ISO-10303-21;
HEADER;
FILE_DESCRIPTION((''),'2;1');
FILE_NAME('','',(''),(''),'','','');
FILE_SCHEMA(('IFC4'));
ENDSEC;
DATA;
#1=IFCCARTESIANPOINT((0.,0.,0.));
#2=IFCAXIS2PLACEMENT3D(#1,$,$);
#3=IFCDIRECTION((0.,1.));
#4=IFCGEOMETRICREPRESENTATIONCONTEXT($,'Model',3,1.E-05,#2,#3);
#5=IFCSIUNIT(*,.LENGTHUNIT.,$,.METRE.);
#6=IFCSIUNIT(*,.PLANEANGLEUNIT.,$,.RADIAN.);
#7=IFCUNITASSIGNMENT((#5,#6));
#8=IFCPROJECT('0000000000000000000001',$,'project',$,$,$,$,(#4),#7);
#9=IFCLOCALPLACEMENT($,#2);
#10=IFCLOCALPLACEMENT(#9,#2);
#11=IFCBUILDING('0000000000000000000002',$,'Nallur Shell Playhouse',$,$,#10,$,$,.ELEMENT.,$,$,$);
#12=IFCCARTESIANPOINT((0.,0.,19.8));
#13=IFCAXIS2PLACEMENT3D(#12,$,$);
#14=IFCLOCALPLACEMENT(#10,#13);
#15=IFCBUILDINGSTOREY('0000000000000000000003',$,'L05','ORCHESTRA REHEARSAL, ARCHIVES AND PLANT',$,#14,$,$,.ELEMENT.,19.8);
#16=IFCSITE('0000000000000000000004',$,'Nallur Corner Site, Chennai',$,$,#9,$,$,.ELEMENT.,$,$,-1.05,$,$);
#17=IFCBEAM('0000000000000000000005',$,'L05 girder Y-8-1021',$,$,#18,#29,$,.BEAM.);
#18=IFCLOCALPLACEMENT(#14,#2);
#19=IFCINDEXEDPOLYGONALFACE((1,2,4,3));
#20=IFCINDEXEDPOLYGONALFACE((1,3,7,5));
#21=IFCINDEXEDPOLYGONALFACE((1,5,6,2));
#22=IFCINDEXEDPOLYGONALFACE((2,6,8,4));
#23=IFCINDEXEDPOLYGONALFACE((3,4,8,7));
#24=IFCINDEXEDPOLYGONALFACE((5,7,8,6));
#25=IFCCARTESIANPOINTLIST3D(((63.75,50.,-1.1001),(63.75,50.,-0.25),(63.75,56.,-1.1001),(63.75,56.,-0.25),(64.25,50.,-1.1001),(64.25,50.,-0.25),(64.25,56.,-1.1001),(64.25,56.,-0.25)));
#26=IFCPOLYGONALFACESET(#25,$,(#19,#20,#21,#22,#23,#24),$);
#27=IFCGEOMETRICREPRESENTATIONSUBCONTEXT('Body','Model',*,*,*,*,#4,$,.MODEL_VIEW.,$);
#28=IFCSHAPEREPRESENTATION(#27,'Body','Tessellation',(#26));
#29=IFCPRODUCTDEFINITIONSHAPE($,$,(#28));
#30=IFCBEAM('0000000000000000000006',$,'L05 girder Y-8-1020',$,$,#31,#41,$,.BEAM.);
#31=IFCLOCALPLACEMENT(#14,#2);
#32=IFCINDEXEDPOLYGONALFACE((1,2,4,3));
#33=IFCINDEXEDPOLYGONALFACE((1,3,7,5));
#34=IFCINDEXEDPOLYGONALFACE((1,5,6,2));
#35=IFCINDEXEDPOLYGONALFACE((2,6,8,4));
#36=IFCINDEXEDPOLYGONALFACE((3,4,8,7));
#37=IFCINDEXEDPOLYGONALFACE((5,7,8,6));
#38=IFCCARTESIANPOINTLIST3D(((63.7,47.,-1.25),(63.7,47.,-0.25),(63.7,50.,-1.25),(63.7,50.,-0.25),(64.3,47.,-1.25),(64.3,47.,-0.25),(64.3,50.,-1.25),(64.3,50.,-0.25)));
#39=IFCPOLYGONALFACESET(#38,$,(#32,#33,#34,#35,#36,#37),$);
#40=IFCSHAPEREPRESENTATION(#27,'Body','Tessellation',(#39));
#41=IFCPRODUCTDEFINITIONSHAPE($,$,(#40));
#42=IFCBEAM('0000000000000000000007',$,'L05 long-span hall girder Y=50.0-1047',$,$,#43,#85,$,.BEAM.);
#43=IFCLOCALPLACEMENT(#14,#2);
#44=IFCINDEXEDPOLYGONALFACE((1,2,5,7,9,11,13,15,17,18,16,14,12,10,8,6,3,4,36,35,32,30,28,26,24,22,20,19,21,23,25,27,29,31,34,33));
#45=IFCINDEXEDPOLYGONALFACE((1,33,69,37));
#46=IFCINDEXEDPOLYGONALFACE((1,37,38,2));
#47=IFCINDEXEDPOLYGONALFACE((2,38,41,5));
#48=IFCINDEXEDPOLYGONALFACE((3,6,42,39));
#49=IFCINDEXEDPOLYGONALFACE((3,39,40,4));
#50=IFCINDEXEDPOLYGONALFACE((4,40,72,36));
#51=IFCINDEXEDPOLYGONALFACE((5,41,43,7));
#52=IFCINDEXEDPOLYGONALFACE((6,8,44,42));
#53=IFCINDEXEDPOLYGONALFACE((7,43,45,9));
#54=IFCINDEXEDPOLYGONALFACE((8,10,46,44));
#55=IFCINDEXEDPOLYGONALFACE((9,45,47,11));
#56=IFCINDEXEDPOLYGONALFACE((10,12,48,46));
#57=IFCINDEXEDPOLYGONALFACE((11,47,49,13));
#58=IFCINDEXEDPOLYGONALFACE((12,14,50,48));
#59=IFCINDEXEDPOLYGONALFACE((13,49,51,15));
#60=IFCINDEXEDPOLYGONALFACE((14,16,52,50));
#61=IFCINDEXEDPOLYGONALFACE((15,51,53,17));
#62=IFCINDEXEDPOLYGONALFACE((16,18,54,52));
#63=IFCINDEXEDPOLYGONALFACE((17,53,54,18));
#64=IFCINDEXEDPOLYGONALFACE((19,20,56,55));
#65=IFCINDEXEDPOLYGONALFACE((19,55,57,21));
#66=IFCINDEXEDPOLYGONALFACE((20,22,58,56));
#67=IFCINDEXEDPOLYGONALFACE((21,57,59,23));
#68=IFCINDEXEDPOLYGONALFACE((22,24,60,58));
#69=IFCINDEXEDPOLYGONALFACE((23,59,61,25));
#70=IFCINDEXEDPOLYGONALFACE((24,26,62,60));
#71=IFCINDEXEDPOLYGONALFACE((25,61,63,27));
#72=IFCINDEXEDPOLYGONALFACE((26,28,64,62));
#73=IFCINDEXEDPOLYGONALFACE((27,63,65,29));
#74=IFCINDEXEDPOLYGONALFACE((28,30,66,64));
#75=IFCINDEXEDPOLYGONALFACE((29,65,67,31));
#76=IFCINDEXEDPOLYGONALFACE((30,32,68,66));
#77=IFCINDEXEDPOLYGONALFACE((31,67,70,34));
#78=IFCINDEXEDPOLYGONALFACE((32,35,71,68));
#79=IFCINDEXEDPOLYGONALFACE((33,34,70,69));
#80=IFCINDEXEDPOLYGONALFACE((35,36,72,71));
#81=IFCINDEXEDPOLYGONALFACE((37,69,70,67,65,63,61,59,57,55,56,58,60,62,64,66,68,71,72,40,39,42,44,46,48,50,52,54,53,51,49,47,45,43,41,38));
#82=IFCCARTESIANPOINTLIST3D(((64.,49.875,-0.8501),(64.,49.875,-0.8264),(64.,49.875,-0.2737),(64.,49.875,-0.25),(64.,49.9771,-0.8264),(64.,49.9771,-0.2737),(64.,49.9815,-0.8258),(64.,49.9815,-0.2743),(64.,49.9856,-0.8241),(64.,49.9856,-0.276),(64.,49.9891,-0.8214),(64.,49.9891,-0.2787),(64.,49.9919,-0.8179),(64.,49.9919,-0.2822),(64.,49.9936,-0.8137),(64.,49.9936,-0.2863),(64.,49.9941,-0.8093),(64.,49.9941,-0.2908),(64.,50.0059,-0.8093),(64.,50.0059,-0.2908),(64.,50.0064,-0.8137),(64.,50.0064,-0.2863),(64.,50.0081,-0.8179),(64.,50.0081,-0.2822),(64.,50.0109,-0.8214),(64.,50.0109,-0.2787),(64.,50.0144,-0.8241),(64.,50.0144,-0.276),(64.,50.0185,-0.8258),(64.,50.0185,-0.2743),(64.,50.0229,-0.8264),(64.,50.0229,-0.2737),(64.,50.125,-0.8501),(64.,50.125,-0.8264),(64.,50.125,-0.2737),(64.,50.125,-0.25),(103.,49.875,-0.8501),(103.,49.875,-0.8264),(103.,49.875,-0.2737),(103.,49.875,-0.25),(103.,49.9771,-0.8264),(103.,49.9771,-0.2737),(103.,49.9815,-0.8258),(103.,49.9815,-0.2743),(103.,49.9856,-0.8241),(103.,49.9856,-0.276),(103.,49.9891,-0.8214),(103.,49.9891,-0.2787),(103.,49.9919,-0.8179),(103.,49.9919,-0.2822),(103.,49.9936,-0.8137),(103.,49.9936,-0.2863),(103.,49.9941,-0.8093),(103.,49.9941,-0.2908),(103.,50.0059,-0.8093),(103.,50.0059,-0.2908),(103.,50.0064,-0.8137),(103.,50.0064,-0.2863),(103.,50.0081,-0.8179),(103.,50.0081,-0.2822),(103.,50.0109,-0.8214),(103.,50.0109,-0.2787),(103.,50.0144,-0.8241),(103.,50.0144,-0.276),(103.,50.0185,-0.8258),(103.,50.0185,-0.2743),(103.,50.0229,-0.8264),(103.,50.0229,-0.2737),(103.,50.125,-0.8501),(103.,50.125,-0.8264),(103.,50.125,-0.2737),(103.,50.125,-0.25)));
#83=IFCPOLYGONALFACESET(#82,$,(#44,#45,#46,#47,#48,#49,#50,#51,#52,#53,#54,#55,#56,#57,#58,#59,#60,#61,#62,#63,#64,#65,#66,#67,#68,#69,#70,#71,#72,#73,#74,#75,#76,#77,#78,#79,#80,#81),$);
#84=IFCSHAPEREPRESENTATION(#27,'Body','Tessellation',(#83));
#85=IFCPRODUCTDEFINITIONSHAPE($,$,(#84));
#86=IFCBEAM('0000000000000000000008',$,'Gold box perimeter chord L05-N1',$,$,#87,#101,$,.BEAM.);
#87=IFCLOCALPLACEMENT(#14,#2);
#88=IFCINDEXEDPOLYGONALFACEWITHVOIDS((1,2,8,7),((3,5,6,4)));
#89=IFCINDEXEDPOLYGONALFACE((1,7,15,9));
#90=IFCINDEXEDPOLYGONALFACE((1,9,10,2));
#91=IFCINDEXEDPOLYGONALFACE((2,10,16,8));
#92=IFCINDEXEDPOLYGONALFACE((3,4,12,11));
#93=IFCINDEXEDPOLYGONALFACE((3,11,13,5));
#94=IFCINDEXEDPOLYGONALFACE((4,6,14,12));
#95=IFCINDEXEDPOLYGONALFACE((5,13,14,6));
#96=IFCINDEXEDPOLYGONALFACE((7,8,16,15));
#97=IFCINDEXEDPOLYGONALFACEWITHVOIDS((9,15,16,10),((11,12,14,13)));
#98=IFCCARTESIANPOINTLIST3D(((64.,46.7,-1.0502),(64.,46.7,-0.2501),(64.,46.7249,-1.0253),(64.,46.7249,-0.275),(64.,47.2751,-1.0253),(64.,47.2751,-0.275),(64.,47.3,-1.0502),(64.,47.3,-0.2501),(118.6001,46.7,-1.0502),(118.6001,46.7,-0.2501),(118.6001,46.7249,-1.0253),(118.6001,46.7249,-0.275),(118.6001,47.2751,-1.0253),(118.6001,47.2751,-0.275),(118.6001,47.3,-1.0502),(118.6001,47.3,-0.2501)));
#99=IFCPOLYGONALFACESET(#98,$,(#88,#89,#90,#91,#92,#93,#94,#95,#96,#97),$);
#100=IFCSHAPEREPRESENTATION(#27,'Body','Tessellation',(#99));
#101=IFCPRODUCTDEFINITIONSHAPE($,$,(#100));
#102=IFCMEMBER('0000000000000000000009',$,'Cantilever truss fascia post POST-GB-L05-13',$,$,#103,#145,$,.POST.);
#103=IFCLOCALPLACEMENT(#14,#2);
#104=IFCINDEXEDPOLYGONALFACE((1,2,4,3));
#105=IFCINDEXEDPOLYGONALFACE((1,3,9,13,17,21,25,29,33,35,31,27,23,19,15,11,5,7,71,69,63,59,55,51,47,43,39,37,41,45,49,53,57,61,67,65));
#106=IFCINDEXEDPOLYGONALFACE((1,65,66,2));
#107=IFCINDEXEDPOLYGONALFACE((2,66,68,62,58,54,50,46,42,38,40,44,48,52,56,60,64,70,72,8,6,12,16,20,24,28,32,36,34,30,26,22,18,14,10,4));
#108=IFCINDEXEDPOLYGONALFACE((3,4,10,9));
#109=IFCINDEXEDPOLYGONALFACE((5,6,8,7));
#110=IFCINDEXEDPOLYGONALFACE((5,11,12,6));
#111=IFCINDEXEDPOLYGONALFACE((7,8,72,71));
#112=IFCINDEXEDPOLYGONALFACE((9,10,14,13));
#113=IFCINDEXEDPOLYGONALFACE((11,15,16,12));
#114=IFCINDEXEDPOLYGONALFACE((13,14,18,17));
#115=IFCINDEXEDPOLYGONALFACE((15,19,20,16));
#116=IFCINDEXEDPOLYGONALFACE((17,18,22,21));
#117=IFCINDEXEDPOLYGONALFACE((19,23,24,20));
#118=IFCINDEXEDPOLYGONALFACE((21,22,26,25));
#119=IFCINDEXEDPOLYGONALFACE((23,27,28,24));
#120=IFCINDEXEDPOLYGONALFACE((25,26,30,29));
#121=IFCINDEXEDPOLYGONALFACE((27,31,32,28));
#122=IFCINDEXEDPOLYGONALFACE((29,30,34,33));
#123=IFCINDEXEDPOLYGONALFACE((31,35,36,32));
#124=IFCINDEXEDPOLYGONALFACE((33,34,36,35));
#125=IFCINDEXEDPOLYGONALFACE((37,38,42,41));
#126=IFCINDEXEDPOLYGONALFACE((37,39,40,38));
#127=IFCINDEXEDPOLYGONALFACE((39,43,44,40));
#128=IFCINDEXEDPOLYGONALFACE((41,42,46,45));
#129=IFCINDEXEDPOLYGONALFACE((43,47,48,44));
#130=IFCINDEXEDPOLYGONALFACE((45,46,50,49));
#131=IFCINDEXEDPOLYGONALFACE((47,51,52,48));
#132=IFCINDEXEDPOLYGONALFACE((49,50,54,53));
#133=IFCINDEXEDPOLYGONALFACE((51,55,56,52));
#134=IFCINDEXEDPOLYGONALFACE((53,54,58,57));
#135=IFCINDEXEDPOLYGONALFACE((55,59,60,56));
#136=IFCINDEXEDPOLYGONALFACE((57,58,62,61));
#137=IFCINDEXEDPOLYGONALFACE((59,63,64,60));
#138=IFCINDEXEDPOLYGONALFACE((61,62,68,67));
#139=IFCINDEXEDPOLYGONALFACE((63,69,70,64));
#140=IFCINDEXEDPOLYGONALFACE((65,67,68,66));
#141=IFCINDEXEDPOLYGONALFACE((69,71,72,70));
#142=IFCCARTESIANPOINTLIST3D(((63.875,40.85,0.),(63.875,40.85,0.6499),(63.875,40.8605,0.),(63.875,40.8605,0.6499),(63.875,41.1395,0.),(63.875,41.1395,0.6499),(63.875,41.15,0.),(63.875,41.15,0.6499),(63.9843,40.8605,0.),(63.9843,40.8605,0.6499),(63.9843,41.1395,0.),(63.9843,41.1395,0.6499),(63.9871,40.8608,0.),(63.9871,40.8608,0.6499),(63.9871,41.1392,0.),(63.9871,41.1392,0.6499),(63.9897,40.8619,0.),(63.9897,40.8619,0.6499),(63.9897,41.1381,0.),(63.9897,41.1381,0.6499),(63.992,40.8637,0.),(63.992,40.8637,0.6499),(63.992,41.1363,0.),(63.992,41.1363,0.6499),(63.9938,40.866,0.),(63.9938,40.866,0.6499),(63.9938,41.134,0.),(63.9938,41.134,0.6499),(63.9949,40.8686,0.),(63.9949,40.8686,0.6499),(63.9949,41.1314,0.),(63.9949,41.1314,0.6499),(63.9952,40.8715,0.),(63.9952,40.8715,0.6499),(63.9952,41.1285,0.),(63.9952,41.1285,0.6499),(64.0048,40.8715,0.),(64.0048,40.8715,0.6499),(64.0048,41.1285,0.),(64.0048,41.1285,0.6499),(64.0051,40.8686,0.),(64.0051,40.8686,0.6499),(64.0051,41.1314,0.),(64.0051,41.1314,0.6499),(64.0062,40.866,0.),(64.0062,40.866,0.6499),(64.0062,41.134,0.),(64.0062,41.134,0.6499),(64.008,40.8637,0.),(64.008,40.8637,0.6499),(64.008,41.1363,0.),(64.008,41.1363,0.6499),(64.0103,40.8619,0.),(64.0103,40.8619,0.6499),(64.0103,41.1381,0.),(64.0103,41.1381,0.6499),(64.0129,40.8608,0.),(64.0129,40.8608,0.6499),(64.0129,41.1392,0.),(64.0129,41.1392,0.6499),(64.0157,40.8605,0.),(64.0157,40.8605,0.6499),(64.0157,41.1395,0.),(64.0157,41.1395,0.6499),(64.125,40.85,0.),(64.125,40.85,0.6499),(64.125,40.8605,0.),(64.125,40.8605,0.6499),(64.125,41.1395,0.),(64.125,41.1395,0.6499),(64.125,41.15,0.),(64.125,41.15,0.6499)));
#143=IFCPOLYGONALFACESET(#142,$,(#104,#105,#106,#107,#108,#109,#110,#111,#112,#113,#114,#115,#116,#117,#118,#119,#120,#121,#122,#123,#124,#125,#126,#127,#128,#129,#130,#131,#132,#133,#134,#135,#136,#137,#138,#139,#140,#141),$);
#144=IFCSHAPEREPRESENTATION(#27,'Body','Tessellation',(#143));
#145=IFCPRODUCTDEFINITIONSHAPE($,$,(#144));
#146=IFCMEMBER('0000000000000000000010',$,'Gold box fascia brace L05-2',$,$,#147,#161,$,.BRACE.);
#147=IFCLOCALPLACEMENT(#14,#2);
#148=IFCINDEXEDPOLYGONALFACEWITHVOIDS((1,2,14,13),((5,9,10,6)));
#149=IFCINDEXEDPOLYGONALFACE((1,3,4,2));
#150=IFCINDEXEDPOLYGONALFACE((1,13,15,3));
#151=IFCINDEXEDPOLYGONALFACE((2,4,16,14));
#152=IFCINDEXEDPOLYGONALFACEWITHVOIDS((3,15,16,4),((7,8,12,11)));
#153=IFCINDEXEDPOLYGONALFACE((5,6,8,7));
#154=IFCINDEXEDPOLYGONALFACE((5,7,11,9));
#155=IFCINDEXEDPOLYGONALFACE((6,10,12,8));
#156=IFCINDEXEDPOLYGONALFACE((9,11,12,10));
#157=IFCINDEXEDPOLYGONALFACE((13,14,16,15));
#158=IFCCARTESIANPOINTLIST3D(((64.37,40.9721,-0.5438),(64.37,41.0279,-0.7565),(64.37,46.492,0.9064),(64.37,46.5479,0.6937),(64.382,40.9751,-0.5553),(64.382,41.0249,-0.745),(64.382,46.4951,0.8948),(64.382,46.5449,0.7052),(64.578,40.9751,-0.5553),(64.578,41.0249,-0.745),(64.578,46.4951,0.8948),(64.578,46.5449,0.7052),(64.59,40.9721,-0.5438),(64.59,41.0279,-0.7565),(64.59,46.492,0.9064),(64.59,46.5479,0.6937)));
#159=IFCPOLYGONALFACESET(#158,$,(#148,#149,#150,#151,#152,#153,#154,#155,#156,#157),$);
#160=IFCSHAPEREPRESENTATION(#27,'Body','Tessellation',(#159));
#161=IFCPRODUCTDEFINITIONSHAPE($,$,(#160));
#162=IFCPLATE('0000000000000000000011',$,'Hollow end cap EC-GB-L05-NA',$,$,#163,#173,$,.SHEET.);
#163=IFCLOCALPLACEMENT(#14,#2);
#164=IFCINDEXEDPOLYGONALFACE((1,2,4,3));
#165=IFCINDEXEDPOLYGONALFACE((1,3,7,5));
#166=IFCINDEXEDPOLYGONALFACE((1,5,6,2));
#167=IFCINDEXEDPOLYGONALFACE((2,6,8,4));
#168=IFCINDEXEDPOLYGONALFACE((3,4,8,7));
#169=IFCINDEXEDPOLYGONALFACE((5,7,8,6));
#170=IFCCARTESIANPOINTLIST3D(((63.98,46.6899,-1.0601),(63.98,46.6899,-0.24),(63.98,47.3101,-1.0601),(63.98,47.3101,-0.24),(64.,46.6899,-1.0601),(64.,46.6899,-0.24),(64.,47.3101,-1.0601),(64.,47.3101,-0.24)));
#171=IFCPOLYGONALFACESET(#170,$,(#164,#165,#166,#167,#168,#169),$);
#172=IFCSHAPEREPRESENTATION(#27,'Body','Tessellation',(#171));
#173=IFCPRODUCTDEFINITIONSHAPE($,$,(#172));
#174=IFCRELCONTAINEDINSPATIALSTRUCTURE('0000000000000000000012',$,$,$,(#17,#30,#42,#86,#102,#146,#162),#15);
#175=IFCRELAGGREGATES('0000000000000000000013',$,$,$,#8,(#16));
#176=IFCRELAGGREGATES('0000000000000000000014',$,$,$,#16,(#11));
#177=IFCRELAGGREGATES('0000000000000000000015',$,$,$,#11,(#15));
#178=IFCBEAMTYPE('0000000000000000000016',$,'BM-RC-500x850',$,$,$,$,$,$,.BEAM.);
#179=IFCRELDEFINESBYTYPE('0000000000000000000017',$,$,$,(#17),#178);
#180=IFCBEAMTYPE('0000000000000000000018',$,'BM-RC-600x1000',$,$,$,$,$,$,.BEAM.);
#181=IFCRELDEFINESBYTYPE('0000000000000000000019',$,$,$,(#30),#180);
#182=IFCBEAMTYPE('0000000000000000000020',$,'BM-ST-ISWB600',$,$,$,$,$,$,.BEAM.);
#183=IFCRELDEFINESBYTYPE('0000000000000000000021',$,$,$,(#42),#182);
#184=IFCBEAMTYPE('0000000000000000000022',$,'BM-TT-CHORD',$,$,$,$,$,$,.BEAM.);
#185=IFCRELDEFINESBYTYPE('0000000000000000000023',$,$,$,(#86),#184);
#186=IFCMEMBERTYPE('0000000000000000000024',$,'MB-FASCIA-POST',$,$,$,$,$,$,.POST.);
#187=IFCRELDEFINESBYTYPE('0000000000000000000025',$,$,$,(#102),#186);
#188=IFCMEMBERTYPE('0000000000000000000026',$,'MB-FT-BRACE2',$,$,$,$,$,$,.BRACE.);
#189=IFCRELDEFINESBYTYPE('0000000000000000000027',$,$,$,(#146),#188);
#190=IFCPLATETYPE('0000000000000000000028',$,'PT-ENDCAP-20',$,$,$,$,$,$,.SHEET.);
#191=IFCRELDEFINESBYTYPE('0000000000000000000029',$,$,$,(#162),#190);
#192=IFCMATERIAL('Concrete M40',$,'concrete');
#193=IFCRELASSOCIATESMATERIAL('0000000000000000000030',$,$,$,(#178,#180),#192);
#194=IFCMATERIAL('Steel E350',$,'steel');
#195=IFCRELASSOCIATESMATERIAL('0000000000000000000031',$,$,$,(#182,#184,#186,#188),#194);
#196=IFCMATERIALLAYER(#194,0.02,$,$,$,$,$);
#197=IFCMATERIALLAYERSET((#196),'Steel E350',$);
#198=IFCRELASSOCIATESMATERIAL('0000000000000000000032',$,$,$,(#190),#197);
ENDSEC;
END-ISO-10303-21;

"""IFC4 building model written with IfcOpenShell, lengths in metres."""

from ifc_helpers import new_model, si_unit, direction, frame, origin, origin_2d, place, context, subcontext, project, spatial, rectangle, hollow_rectangle, i_section, extrude, material, layer, layer_set, material_profile, profile_set, type_object, element, save


model = new_model("IFC4")

# Units and contexts
model_context = context("Model", 3, precision=1e-05, world=origin(), true_north=direction((0.0, 1.0)))
body_context = subcontext(model_context, "Body", "Model", "MODEL_VIEW")
ifc_project = project(units=[si_unit("LENGTHUNIT", "METRE"), si_unit("PLANEANGLEUNIT", "RADIAN")], contexts=[model_context])

# Site, building, storey
site_placement = place(None, origin())
site = spatial("IfcSite", under=ifc_project, at=site_placement, Name="Nallur Corner Site, Chennai", CompositionType="ELEMENT", RefElevation=-1.05)
building_placement = place(site_placement, origin())
building = spatial("IfcBuilding", under=site, at=building_placement, Name="Nallur Shell Playhouse", CompositionType="ELEMENT")
storey_placement = place(building_placement, frame((0.0, 0.0, 19.8)))
storey = spatial("IfcBuildingStorey", under=building, at=storey_placement, Name="L05", Description="ORCHESTRA REHEARSAL, ARCHIVES AND PLANT", CompositionType="ELEMENT", Elevation=19.8)

# Shared definitions
ifc_material_1 = material(Name="Steel E350", Category="steel")

# Beams
ifc_material_2 = material(Name="Concrete M40", Category="concrete")
ifc_material_profile_1 = material_profile(ifc_material_2, rectangle(XDim=0.5, YDim=0.8501, at=origin_2d()), Name="RC 500x850")
ifc_profile_set_1 = profile_set([ifc_material_profile_1], Name="Concrete M40")
beam_type_1 = type_object("IfcBeamType", Name="BM-RC-500x850", PredefinedType="BEAM", material=ifc_profile_set_1)
beam_1_placement = place(storey_placement, frame((64.0, 50.0, -0.675), z_axis=(0.0, 1.0, 0.0), x_axis=(-1.0, 0.0, 0.0)))
element("IfcBeam", 1, at=beam_1_placement, inside=storey, type_object=beam_type_1, Name="L05 girder Y-8-1021", PredefinedType="BEAM", context=body_context, shape_type="SweptSolid", body=[
    extrude(rectangle(XDim=0.5, YDim=0.8501, at=origin_2d()), origin(), (0.0, 0.0, 1.0), 6.0),
])
ifc_material_profile_2 = material_profile(ifc_material_2, rectangle(XDim=0.6001, YDim=1.0, at=origin_2d()), Name="RC 600x1000")
ifc_profile_set_2 = profile_set([ifc_material_profile_2], Name="Concrete M40")
beam_type_2 = type_object("IfcBeamType", Name="BM-RC-600x1000", PredefinedType="BEAM", material=ifc_profile_set_2)
beam_2_placement = place(storey_placement, frame((64.0, 47.0, -0.75), z_axis=(0.0, 1.0, 0.0), x_axis=(-1.0, 0.0, 0.0)))
element("IfcBeam", 2, at=beam_2_placement, inside=storey, type_object=beam_type_2, Name="L05 girder Y-8-1020", PredefinedType="BEAM", context=body_context, shape_type="SweptSolid", body=[
    extrude(rectangle(XDim=0.6001, YDim=1.0, at=origin_2d()), origin(), (0.0, 0.0, 1.0), 3.0),
])
ifc_material_profile_3 = material_profile(ifc_material_1, i_section(OverallWidth=0.25, OverallDepth=0.6001, WebThickness=0.0117, FlangeThickness=0.0237, FilletRadius=0.0171, at=origin_2d()), Name="ISWB 600")
ifc_profile_set_3 = profile_set([ifc_material_profile_3], Name="Steel E350")
beam_type_3 = type_object("IfcBeamType", Name="BM-ST-ISWB600", PredefinedType="BEAM", material=ifc_profile_set_3)
beam_3_placement = place(storey_placement, frame((64.0, 50.0, -0.55), z_axis=(1.0, 0.0, 0.0), x_axis=(0.0, 1.0, 0.0)))
element("IfcBeam", 3, at=beam_3_placement, inside=storey, type_object=beam_type_3, Name="L05 long-span hall girder Y=50.0-1047", PredefinedType="BEAM", context=body_context, shape_type="SweptSolid", body=[
    extrude(i_section(OverallWidth=0.25, OverallDepth=0.6001, WebThickness=0.0117, FlangeThickness=0.0237, FilletRadius=0.0171, at=origin_2d()), origin(), (0.0, 0.0, 1.0), 39.0),
])
ifc_material_profile_4 = material_profile(ifc_material_1, hollow_rectangle(XDim=0.6001, YDim=0.8, WallThickness=0.0249, at=origin_2d()), Name="BOX 600x800x25")
ifc_profile_set_4 = profile_set([ifc_material_profile_4], Name="Steel E350")
beam_type_4 = type_object("IfcBeamType", Name="BM-TT-CHORD", PredefinedType="BEAM", material=ifc_profile_set_4)
beam_4_placement = place(storey_placement, frame((64.0, 47.0, -0.6501), z_axis=(1.0, 0.0, 0.0), x_axis=(0.0, 1.0, 0.0)))
element("IfcBeam", 4, at=beam_4_placement, inside=storey, type_object=beam_type_4, Name="Gold box perimeter chord L05-N1", PredefinedType="BEAM", context=body_context, shape_type="SweptSolid", body=[
    extrude(hollow_rectangle(XDim=0.6001, YDim=0.8, WallThickness=0.0249, at=origin_2d()), origin(), (0.0, 0.0, 1.0), 54.6001),
])

# Members
ifc_material_profile_5 = material_profile(ifc_material_1, i_section(OverallWidth=0.25, OverallDepth=0.3, WebThickness=0.0095, FlangeThickness=0.0105, FilletRadius=0.011, at=origin_2d()), Name="ISHB 300")
ifc_profile_set_5 = profile_set([ifc_material_profile_5], Name="Steel E350")
member_type_1 = type_object("IfcMemberType", Name="MB-FASCIA-POST", PredefinedType="POST", material=ifc_profile_set_5)
member_1_placement = place(storey_placement, frame((64.0, 41.0, 0.0), z_axis=(0.0, 0.0, 1.0), x_axis=(1.0, 0.0, 0.0)))
element("IfcMember", 5, at=member_1_placement, inside=storey, type_object=member_type_1, Name="Cantilever truss fascia post POST-GB-L05-13", PredefinedType="POST", context=body_context, shape_type="SweptSolid", body=[
    extrude(i_section(OverallWidth=0.25, OverallDepth=0.3, WebThickness=0.0095, FlangeThickness=0.0105, FilletRadius=0.011, at=origin_2d()), origin(), (0.0, 0.0, 1.0), 0.6499),
])
ifc_material_profile_6 = material_profile(ifc_material_1, hollow_rectangle(XDim=0.22, YDim=0.22, WallThickness=0.012, at=origin_2d()), Name="SHS 220x220x12")
ifc_profile_set_6 = profile_set([ifc_material_profile_6], Name="Steel E350")
member_type_2 = type_object("IfcMemberType", Name="MB-FT-BRACE2", PredefinedType="BRACE", material=ifc_profile_set_6)
member_2_placement = place(storey_placement, frame((64.48, 41.0, -0.6501), z_axis=(0.0, 0.96718, 0.254093), x_axis=(-1.0, 0.0, 0.0)))
element("IfcMember", 6, at=member_2_placement, inside=storey, type_object=member_type_2, Name="Gold box fascia brace L05-2", PredefinedType="BRACE", context=body_context, shape_type="SweptSolid", body=[
    extrude(hollow_rectangle(XDim=0.22, YDim=0.22, WallThickness=0.012, at=origin_2d()), origin(), (0.0, 0.0, 1.0), 5.7073),
])

# Plate
ifc_layer_1 = layer(ifc_material_1, 0.02)
ifc_layer_set_1 = layer_set([ifc_layer_1], Name="Steel E350")
plate_type = type_object("IfcPlateType", Name="PT-ENDCAP-20", PredefinedType="SHEET", material=ifc_layer_set_1)
plate_1_placement = place(storey_placement, frame((63.99, 47.0, -1.0601), z_axis=(0.0, 0.0, 1.0), x_axis=(1.0, 0.0, 0.0)))
element("IfcPlate", 7, at=plate_1_placement, inside=storey, type_object=plate_type, Name="Hollow end cap EC-GB-L05-NA", PredefinedType="SHEET", context=body_context, shape_type="SweptSolid", body=[
    extrude(rectangle(XDim=0.02, YDim=0.6201, at=origin_2d()), origin(), (0.0, 0.0, 1.0), 0.8201),
])

save(model, "model.ifc")
